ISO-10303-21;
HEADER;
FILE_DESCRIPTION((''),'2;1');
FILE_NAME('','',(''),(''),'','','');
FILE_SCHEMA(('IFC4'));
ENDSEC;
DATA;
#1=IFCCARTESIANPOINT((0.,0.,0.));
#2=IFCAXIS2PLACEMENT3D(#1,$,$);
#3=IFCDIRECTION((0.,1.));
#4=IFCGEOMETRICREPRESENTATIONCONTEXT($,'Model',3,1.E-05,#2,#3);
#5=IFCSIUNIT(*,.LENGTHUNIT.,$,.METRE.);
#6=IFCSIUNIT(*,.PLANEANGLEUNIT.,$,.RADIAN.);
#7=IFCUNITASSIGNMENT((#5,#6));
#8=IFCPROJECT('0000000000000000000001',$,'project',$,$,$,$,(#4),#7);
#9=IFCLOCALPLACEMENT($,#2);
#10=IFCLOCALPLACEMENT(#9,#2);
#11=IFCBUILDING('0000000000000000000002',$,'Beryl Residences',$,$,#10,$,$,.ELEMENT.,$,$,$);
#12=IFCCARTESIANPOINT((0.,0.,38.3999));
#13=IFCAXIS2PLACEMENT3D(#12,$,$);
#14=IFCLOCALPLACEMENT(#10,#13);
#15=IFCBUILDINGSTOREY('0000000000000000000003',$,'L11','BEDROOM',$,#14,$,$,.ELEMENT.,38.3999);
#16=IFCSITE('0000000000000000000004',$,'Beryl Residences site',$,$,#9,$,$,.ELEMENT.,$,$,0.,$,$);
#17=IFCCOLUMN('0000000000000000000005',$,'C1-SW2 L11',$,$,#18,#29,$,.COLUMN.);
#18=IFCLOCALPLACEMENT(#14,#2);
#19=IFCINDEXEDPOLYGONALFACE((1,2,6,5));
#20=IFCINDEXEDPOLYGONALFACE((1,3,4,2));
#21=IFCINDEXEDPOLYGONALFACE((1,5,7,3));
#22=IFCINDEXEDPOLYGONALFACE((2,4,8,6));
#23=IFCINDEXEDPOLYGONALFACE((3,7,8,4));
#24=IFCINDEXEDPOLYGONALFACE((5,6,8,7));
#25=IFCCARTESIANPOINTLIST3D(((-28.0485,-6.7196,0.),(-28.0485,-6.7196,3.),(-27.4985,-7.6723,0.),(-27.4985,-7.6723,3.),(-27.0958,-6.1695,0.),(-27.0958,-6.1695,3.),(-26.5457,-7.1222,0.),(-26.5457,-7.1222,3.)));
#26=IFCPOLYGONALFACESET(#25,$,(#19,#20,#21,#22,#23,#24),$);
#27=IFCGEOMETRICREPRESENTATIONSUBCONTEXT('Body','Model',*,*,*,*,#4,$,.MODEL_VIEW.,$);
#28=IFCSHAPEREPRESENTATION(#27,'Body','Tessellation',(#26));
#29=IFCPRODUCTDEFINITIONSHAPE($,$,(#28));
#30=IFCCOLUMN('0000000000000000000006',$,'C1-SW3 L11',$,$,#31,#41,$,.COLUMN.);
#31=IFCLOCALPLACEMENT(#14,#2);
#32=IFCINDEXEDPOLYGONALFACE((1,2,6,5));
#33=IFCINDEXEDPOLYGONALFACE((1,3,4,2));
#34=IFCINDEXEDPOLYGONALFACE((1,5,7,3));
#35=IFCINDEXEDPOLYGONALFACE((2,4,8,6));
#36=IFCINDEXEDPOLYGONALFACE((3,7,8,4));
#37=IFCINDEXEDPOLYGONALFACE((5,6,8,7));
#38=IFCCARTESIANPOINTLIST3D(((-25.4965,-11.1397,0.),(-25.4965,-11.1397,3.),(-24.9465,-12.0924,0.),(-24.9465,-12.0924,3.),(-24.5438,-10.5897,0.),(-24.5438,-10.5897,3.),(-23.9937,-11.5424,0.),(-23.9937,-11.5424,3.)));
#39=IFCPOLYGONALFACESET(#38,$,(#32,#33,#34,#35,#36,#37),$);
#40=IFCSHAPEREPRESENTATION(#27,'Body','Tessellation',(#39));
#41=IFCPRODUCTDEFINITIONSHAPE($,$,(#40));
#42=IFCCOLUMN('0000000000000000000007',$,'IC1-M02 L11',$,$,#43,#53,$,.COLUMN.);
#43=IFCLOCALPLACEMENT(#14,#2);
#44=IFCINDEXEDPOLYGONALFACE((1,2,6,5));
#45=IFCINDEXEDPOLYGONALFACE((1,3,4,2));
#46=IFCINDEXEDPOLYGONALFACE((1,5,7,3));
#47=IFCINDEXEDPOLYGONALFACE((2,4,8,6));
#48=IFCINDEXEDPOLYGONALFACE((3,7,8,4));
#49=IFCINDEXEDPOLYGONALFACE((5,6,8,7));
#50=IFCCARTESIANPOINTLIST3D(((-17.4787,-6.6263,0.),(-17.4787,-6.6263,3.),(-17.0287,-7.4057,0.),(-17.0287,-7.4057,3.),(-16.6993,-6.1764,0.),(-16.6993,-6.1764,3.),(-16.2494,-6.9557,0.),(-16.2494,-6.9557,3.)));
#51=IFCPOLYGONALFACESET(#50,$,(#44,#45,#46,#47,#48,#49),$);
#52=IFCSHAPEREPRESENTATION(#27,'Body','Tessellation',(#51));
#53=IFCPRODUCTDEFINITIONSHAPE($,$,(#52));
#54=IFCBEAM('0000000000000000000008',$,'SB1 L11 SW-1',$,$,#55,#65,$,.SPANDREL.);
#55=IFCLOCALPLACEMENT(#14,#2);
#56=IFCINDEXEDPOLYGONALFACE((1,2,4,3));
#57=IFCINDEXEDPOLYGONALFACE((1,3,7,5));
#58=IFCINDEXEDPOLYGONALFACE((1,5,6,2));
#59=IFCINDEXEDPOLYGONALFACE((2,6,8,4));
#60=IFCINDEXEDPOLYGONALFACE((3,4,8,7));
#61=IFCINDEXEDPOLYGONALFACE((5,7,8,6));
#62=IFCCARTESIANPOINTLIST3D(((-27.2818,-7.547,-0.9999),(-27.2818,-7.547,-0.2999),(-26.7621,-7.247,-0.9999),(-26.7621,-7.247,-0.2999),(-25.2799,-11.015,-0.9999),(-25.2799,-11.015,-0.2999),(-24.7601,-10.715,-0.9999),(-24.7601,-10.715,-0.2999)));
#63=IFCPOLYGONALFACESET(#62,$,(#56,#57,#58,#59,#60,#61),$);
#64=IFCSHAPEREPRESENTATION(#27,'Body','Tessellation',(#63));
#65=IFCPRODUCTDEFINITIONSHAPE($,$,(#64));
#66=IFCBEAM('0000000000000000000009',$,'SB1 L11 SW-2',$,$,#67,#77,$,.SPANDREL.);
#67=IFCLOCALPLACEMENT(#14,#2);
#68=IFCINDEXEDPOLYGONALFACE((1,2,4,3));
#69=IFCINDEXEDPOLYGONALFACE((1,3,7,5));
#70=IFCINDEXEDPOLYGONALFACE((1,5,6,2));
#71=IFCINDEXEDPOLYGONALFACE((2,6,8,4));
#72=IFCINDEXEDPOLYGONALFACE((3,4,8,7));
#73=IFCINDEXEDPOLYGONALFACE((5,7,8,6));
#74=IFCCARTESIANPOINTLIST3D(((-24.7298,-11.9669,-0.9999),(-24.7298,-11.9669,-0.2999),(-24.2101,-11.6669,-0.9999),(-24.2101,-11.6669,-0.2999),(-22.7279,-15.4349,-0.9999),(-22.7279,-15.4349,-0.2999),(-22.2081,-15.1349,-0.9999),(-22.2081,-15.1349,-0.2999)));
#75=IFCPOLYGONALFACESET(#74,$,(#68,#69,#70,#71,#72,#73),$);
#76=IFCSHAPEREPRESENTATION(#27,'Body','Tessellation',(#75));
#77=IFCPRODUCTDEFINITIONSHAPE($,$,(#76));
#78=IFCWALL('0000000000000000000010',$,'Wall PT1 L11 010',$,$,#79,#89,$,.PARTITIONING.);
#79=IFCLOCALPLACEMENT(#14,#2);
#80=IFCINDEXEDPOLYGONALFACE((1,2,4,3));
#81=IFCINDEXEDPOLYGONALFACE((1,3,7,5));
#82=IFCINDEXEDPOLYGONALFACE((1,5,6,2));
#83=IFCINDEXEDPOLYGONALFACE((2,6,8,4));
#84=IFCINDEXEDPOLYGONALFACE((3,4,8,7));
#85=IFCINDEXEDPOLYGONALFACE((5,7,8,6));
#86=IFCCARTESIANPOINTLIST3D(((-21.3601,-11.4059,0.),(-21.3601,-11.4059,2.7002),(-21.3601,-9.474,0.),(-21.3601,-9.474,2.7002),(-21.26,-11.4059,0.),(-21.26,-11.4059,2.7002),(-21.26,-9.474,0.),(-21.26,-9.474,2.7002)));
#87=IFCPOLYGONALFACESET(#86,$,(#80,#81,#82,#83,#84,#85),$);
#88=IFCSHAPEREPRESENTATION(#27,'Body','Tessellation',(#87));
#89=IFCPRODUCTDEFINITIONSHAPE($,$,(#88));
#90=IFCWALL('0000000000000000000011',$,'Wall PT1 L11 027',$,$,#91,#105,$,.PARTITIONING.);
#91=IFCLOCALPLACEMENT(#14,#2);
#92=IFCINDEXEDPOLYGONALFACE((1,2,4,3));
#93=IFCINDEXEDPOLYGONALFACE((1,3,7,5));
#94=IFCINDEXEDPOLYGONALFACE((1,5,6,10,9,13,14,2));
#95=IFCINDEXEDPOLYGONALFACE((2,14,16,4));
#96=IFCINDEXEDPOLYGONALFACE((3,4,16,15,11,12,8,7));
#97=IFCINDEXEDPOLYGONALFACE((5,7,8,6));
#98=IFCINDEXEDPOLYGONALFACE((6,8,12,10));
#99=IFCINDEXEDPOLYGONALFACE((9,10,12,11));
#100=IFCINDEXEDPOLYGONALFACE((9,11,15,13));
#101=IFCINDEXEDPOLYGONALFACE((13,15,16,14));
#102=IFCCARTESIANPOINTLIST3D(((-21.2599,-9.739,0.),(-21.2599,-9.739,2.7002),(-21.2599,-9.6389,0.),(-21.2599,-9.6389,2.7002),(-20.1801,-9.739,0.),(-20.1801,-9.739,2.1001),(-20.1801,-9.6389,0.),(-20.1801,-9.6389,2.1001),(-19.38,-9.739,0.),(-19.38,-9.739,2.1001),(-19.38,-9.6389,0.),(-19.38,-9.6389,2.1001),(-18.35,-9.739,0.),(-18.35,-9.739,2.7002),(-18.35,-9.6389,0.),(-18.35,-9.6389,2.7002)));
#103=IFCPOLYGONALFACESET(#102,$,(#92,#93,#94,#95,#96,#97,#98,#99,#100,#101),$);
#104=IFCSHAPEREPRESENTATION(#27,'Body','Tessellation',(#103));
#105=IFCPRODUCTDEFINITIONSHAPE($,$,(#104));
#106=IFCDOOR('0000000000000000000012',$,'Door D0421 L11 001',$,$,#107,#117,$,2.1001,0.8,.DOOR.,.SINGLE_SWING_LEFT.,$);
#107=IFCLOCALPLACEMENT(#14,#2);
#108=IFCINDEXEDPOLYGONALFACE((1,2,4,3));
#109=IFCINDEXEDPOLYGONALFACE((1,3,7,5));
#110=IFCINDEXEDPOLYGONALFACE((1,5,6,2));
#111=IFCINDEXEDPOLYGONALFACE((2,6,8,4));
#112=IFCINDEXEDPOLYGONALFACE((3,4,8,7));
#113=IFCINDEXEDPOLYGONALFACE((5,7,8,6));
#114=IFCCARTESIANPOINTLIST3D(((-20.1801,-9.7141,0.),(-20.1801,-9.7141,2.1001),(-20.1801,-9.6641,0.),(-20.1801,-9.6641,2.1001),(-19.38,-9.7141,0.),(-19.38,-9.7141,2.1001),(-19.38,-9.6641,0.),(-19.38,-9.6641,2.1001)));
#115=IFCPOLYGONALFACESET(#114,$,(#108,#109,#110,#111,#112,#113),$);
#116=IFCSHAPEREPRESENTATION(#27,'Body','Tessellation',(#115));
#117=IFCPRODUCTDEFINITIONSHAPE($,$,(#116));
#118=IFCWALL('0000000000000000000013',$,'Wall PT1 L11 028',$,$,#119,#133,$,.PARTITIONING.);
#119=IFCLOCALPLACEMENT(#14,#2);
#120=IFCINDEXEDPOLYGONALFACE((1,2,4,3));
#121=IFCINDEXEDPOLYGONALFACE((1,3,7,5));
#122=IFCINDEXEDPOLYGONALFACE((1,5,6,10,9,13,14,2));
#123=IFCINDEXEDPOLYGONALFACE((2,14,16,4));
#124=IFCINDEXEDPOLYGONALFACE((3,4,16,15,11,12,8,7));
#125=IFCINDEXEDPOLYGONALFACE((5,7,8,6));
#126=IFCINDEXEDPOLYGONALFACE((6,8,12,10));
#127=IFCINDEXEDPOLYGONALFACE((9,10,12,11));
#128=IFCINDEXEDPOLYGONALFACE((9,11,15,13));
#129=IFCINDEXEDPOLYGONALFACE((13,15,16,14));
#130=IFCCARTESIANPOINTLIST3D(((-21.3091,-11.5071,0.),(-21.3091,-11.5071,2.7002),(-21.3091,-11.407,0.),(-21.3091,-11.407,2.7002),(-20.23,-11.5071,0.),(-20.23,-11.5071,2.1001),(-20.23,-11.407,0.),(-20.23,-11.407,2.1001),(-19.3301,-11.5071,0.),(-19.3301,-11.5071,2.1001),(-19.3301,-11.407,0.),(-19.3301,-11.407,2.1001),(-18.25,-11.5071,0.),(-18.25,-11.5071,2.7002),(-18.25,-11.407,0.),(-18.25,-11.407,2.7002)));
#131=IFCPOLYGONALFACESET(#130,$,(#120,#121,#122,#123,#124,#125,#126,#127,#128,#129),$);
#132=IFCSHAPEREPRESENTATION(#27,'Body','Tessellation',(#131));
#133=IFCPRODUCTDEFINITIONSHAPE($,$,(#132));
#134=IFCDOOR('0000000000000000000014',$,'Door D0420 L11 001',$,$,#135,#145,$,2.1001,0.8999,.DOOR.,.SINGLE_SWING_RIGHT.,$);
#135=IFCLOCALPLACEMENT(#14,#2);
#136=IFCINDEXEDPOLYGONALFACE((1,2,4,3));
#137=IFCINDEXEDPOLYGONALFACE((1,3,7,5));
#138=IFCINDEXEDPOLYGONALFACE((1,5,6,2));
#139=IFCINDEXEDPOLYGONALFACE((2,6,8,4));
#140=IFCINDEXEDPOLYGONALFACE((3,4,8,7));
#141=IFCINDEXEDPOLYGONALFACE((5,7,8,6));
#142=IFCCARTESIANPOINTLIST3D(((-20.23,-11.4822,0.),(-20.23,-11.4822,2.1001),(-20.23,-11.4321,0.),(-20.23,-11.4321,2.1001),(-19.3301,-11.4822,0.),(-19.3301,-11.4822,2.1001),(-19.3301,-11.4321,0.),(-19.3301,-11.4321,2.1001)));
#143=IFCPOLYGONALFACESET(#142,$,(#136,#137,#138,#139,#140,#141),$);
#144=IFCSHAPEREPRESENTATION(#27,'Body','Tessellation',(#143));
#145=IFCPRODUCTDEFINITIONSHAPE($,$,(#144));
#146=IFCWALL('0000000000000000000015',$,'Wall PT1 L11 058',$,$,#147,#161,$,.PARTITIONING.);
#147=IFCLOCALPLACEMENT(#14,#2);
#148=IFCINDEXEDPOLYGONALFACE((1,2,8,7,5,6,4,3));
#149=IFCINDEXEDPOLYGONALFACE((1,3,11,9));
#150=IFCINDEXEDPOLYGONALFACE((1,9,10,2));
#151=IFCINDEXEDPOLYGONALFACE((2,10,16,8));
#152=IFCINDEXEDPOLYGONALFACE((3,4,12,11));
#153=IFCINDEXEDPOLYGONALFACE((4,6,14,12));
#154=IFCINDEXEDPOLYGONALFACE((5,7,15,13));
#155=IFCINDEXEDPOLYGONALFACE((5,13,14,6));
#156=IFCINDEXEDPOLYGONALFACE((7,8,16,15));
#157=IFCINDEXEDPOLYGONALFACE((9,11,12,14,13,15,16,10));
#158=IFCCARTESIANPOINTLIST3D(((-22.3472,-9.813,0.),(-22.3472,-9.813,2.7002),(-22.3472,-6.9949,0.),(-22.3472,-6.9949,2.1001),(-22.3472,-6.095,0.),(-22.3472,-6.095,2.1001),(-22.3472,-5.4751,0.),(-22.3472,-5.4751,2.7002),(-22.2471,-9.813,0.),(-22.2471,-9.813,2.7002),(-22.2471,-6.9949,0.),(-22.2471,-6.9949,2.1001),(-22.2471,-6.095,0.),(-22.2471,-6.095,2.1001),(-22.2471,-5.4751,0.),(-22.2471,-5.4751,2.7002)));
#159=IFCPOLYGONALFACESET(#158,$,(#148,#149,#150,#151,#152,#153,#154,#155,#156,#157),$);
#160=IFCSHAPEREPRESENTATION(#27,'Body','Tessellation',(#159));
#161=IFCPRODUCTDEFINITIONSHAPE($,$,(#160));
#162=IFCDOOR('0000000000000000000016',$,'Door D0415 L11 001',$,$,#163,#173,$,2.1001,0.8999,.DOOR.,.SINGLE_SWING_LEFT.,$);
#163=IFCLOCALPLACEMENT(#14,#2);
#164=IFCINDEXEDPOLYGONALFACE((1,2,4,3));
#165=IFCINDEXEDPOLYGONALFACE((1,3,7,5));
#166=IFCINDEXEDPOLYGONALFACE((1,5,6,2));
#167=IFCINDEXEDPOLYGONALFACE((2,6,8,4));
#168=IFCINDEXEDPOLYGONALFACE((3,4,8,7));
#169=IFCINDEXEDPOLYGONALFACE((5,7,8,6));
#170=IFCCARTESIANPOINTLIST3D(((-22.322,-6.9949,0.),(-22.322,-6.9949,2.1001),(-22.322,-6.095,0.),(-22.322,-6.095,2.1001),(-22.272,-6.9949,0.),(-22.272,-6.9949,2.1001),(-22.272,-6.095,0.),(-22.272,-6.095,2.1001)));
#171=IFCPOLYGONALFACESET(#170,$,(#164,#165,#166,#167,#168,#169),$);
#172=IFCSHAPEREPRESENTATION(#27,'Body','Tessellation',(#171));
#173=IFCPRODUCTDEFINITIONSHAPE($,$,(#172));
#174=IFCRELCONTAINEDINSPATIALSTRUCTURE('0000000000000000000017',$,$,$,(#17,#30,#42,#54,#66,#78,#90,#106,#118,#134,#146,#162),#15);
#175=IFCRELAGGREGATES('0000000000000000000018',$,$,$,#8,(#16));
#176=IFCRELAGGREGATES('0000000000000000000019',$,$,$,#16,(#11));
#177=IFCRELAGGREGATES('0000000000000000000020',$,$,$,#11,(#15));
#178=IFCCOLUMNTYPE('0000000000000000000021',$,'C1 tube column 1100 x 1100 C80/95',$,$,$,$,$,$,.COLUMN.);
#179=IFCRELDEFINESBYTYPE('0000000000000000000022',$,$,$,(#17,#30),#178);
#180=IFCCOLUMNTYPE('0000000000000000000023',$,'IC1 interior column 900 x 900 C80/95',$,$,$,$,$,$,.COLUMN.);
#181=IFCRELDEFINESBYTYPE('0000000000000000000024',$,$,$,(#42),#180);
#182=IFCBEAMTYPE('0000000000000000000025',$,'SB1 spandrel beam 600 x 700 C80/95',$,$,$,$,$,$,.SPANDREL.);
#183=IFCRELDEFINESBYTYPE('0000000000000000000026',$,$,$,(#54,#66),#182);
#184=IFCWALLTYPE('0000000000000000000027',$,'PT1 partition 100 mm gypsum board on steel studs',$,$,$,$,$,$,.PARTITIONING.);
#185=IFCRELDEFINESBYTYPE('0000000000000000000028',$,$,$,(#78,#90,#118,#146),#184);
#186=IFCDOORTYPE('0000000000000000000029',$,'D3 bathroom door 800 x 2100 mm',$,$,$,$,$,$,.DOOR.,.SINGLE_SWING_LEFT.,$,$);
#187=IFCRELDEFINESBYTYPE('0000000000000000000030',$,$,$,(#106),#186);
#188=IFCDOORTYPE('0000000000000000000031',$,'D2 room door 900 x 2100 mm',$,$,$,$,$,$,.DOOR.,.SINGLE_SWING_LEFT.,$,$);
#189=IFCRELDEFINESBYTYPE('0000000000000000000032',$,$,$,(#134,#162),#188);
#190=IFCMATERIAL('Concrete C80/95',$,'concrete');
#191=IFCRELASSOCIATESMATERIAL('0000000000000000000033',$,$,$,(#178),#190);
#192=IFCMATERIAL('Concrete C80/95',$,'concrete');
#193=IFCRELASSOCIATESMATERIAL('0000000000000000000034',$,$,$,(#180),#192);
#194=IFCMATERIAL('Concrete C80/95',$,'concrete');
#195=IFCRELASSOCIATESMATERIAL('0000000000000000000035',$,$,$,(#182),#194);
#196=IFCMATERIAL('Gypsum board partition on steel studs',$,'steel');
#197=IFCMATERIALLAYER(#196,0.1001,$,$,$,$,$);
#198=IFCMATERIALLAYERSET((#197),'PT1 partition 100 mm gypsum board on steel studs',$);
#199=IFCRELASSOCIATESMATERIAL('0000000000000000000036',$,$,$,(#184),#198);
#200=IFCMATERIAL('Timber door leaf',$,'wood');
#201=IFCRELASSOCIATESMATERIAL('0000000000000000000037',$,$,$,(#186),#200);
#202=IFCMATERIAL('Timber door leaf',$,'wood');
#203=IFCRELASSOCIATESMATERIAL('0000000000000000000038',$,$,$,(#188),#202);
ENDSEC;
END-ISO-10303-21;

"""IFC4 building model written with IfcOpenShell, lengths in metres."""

from ifc_helpers import new_model, si_unit, direction, frame, frame_2d, origin, origin_2d, place, context, subcontext, project, spatial, rectangle, extrude, material, layer, layer_set, material_profile, profile_set, type_object, element, fill, save


model = new_model("IFC4")

# Units and contexts
model_context = context("Model", 3, precision=1e-05, world=origin(), true_north=direction((0.0, 1.0)))
body_context = subcontext(model_context, "Body", "Model", "MODEL_VIEW")
ifc_project = project(units=[si_unit("LENGTHUNIT", "METRE"), si_unit("PLANEANGLEUNIT", "RADIAN")], contexts=[model_context])

# Site, building, storey
site_placement = place(None, origin())
site = spatial("IfcSite", under=ifc_project, at=site_placement, Name="Beryl Residences site", CompositionType="ELEMENT", RefElevation=0.0)
building_placement = place(site_placement, origin())
building = spatial("IfcBuilding", under=site, at=building_placement, Name="Beryl Residences", CompositionType="ELEMENT")
storey_placement = place(building_placement, frame((0.0, 0.0, 38.3999)))
storey = spatial("IfcBuildingStorey", under=building, at=storey_placement, Name="L11", Description="BEDROOM", CompositionType="ELEMENT", Elevation=38.3999)

# Columns
ifc_material_1 = material(Name="Concrete C80/95", Category="concrete")
ifc_material_profile_1 = material_profile(ifc_material_1, rectangle(XDim=1.1001, YDim=1.1001, at=origin_2d()))
ifc_profile_set_1 = profile_set([ifc_material_profile_1], Name="Concrete C80/95")
column_type_1 = type_object("IfcColumnType", Name="C1 tube column 1100 x 1100 C80/95", PredefinedType="COLUMN", material=ifc_profile_set_1)
for number, where, z_axis, x_axis, name in (
    (1, (-27.2971, -6.9209, 0.0), (0.0, 0.0, 1.0), (0.499985, -0.866034, 0.0), "C1-SW2 L11"),
    (2, (-24.7451, -11.3411, 0.0), (0.0, 0.0, 1.0), (0.499985, -0.866034, 0.0), "C1-SW3 L11"),
):
    element("IfcColumn", number, at=place(storey_placement, frame(where, z_axis=z_axis, x_axis=x_axis)), inside=storey, type_object=column_type_1, Name=name, PredefinedType="COLUMN", context=body_context, shape_type="SweptSolid", body=[
        extrude(rectangle(XDim=1.1001, YDim=1.1001, at=origin_2d()), origin(), (0.0, 0.0, 1.0), 3.0),
    ])
ifc_material_2 = material(Name="Concrete C80/95", Category="concrete")
ifc_material_profile_2 = material_profile(ifc_material_2, rectangle(XDim=0.8999, YDim=0.8999, at=origin_2d()))
ifc_profile_set_2 = profile_set([ifc_material_profile_2], Name="Concrete C80/95")
column_type_2 = type_object("IfcColumnType", Name="IC1 interior column 900 x 900 C80/95", PredefinedType="COLUMN", material=ifc_profile_set_2)
column_placement = place(storey_placement, frame((-16.864, -6.791, 0.0), z_axis=(0.0, 0.0, 1.0), x_axis=(0.499985, -0.866034, 0.0)))
element("IfcColumn", 3, at=column_placement, inside=storey, type_object=column_type_2, Name="IC1-M02 L11", PredefinedType="COLUMN", context=body_context, shape_type="SweptSolid", body=[
    extrude(rectangle(XDim=0.8999, YDim=0.8999, at=origin_2d()), origin(), (0.0, 0.0, 1.0), 3.0),
])

# Beams
ifc_material_3 = material(Name="Concrete C80/95", Category="concrete")
ifc_material_profile_3 = material_profile(ifc_material_3, rectangle(XDim=0.6001, YDim=0.7, at=origin_2d()))
ifc_profile_set_3 = profile_set([ifc_material_profile_3], Name="Concrete C80/95")
beam_type = type_object("IfcBeamType", Name="SB1 spandrel beam 600 x 700 C80/95", PredefinedType="SPANDREL", material=ifc_profile_set_3)
for number, where, z_axis, x_axis, name in (
    (4, (-27.022, -7.397, -0.6499), (0.499942, -0.866059, 0.0), (0.866059, 0.499942, 0.0), "SB1 L11 SW-1"),
    (5, (-24.47, -11.8169, -0.6499), (0.499942, -0.866059, 0.0), (0.866059, 0.499942, 0.0), "SB1 L11 SW-2"),
):
    element("IfcBeam", number, at=place(storey_placement, frame(where, z_axis=z_axis, x_axis=x_axis)), inside=storey, type_object=beam_type, Name=name, PredefinedType="SPANDREL", context=body_context, shape_type="SweptSolid", body=[
        extrude(rectangle(XDim=0.6001, YDim=0.7, at=origin_2d()), origin(), (0.0, 0.0, 1.0), 4.0044),
    ])

# Wall
ifc_material_4 = material(Name="Gypsum board partition on steel studs", Category="steel")
ifc_layer_1 = layer(ifc_material_4, 0.1001)
ifc_layer_set_1 = layer_set([ifc_layer_1], Name="PT1 partition 100 mm gypsum board on steel studs")
wall_type_1 = type_object("IfcWallType", Name="PT1 partition 100 mm gypsum board on steel studs", PredefinedType="PARTITIONING", material=ifc_layer_set_1)
wall_1_placement = place(storey_placement, frame((-21.3101, -9.4741, 0.0), z_axis=(0.0, 0.0, 1.0), x_axis=(0.0, -1.0, 0.0)))
element("IfcWall", 6, at=wall_1_placement, inside=storey, type_object=wall_type_1, Name="Wall PT1 L11 010", PredefinedType="PARTITIONING", context=body_context, shape_type="SweptSolid", body=[
    extrude(rectangle(XDim=1.9319, YDim=0.1001, at=frame_2d((0.9658, 0.0))), origin(), (0.0, 0.0, 1.0), 2.7002),
])

# Walls, openings, doors
wall_2_placement = place(storey_placement, frame((-21.26, -9.689, 0.0), z_axis=(0.0, 0.0, 1.0), x_axis=(1.0, 0.0, 0.0)))
wall_2 = element("IfcWall", 7, at=wall_2_placement, inside=storey, type_object=wall_type_1, Name="Wall PT1 L11 027", PredefinedType="PARTITIONING", context=body_context, shape_type="SweptSolid", body=[
    extrude(rectangle(XDim=2.9099, YDim=0.1001, at=frame_2d((1.4551, 0.0))), origin(), (0.0, 0.0, 1.0), 2.7002),
])
opening_1_placement = place(wall_2_placement, frame((1.0801, 0.0, 0.0)))
opening_1 = element("IfcOpeningElement", 8, at=opening_1_placement, cuts=wall_2, PredefinedType="OPENING", context=body_context, shape_type="SweptSolid", body=[
    extrude(rectangle(XDim=0.8, YDim=2.1001, at=frame_2d((0.3999, 1.05))), frame((0.0, 0.0601, 0.0), z_axis=(0.0, -1.0, 0.0), x_axis=(1.0, 0.0, 0.0)), (0.0, 0.0, 1.0), 0.1201),
])
ifc_material_5 = material(Name="Timber door leaf", Category="wood")
door_type_1 = type_object("IfcDoorType", Name="D3 bathroom door 800 x 2100 mm", OperationType="SINGLE_SWING_LEFT", PredefinedType="DOOR", material=ifc_material_5)
door_1_placement = place(opening_1_placement, origin())
door_1 = element("IfcDoor", 9, at=door_1_placement, inside=storey, type_object=door_type_1, Name="Door D0421 L11 001", OperationType="SINGLE_SWING_LEFT", OverallHeight=2.1001, OverallWidth=0.8, PredefinedType="DOOR", context=body_context, shape_type="SweptSolid", body=[
    extrude(rectangle(XDim=0.8, YDim=2.1001, at=frame_2d((0.3999, 1.05))), frame((0.0, 0.0249, 0.0), z_axis=(0.0, -1.0, 0.0), x_axis=(1.0, 0.0, 0.0)), (0.0, 0.0, 1.0), 0.05),
])
fill(opening_1, door_1)
wall_3_placement = place(storey_placement, frame((-21.3091, -11.457, 0.0), z_axis=(0.0, 0.0, 1.0), x_axis=(1.0, 0.0, 0.0)))
wall_3 = element("IfcWall", 10, at=wall_3_placement, inside=storey, type_object=wall_type_1, Name="Wall PT1 L11 028", PredefinedType="PARTITIONING", context=body_context, shape_type="SweptSolid", body=[
    extrude(rectangle(XDim=3.0591, YDim=0.1001, at=frame_2d((1.5295, 0.0))), origin(), (0.0, 0.0, 1.0), 2.7002),
])
opening_2_placement = place(wall_3_placement, frame((1.0791, 0.0, 0.0)))
opening_2 = element("IfcOpeningElement", 11, at=opening_2_placement, cuts=wall_3, PredefinedType="OPENING", context=body_context, shape_type="SweptSolid", body=[
    extrude(rectangle(XDim=0.8999, YDim=2.1001, at=frame_2d((0.45, 1.05))), frame((0.0, 0.0601, 0.0), z_axis=(0.0, -1.0, 0.0), x_axis=(1.0, 0.0, 0.0)), (0.0, 0.0, 1.0), 0.1201),
])
ifc_material_6 = material(Name="Timber door leaf", Category="wood")
door_type_2 = type_object("IfcDoorType", Name="D2 room door 900 x 2100 mm", OperationType="SINGLE_SWING_LEFT", PredefinedType="DOOR", material=ifc_material_6)
door_2_placement = place(opening_2_placement, origin())
door_2 = element("IfcDoor", 12, at=door_2_placement, inside=storey, type_object=door_type_2, Name="Door D0420 L11 001", OperationType="SINGLE_SWING_RIGHT", OverallHeight=2.1001, OverallWidth=0.8999, PredefinedType="DOOR", context=body_context, shape_type="SweptSolid", body=[
    extrude(rectangle(XDim=0.8999, YDim=2.1001, at=frame_2d((0.45, 1.05))), frame((0.0, 0.0249, 0.0), z_axis=(0.0, -1.0, 0.0), x_axis=(1.0, 0.0, 0.0)), (0.0, 0.0, 1.0), 0.05),
])
fill(opening_2, door_2)
wall_4_placement = place(storey_placement, frame((-22.2971, -9.813, 0.0), z_axis=(0.0, 0.0, 1.0), x_axis=(0.0, 1.0, 0.0)))
wall_4 = element("IfcWall", 13, at=wall_4_placement, inside=storey, type_object=wall_type_1, Name="Wall PT1 L11 058", PredefinedType="PARTITIONING", context=body_context, shape_type="SweptSolid", body=[
    extrude(rectangle(XDim=4.3379, YDim=0.1001, at=frame_2d((2.1689, 0.0))), origin(), (0.0, 0.0, 1.0), 2.7002),
])
opening_3_placement = place(wall_4_placement, frame((2.8181, 0.0, 0.0)))
opening_3 = element("IfcOpeningElement", 14, at=opening_3_placement, cuts=wall_4, PredefinedType="OPENING", context=body_context, shape_type="SweptSolid", body=[
    extrude(rectangle(XDim=0.8999, YDim=2.1001, at=frame_2d((0.45, 1.05))), frame((0.0, 0.0601, 0.0), z_axis=(0.0, -1.0, 0.0), x_axis=(1.0, 0.0, 0.0)), (0.0, 0.0, 1.0), 0.1201),
])
door_3_placement = place(opening_3_placement, origin())
door_3 = element("IfcDoor", 15, at=door_3_placement, inside=storey, type_object=door_type_2, Name="Door D0415 L11 001", OperationType="SINGLE_SWING_LEFT", OverallHeight=2.1001, OverallWidth=0.8999, PredefinedType="DOOR", context=body_context, shape_type="SweptSolid", body=[
    extrude(rectangle(XDim=0.8999, YDim=2.1001, at=frame_2d((0.45, 1.05))), frame((0.0, 0.0249, 0.0), z_axis=(0.0, -1.0, 0.0), x_axis=(1.0, 0.0, 0.0)), (0.0, 0.0, 1.0), 0.05),
])
fill(opening_3, door_3)

save(model, "model.ifc")
